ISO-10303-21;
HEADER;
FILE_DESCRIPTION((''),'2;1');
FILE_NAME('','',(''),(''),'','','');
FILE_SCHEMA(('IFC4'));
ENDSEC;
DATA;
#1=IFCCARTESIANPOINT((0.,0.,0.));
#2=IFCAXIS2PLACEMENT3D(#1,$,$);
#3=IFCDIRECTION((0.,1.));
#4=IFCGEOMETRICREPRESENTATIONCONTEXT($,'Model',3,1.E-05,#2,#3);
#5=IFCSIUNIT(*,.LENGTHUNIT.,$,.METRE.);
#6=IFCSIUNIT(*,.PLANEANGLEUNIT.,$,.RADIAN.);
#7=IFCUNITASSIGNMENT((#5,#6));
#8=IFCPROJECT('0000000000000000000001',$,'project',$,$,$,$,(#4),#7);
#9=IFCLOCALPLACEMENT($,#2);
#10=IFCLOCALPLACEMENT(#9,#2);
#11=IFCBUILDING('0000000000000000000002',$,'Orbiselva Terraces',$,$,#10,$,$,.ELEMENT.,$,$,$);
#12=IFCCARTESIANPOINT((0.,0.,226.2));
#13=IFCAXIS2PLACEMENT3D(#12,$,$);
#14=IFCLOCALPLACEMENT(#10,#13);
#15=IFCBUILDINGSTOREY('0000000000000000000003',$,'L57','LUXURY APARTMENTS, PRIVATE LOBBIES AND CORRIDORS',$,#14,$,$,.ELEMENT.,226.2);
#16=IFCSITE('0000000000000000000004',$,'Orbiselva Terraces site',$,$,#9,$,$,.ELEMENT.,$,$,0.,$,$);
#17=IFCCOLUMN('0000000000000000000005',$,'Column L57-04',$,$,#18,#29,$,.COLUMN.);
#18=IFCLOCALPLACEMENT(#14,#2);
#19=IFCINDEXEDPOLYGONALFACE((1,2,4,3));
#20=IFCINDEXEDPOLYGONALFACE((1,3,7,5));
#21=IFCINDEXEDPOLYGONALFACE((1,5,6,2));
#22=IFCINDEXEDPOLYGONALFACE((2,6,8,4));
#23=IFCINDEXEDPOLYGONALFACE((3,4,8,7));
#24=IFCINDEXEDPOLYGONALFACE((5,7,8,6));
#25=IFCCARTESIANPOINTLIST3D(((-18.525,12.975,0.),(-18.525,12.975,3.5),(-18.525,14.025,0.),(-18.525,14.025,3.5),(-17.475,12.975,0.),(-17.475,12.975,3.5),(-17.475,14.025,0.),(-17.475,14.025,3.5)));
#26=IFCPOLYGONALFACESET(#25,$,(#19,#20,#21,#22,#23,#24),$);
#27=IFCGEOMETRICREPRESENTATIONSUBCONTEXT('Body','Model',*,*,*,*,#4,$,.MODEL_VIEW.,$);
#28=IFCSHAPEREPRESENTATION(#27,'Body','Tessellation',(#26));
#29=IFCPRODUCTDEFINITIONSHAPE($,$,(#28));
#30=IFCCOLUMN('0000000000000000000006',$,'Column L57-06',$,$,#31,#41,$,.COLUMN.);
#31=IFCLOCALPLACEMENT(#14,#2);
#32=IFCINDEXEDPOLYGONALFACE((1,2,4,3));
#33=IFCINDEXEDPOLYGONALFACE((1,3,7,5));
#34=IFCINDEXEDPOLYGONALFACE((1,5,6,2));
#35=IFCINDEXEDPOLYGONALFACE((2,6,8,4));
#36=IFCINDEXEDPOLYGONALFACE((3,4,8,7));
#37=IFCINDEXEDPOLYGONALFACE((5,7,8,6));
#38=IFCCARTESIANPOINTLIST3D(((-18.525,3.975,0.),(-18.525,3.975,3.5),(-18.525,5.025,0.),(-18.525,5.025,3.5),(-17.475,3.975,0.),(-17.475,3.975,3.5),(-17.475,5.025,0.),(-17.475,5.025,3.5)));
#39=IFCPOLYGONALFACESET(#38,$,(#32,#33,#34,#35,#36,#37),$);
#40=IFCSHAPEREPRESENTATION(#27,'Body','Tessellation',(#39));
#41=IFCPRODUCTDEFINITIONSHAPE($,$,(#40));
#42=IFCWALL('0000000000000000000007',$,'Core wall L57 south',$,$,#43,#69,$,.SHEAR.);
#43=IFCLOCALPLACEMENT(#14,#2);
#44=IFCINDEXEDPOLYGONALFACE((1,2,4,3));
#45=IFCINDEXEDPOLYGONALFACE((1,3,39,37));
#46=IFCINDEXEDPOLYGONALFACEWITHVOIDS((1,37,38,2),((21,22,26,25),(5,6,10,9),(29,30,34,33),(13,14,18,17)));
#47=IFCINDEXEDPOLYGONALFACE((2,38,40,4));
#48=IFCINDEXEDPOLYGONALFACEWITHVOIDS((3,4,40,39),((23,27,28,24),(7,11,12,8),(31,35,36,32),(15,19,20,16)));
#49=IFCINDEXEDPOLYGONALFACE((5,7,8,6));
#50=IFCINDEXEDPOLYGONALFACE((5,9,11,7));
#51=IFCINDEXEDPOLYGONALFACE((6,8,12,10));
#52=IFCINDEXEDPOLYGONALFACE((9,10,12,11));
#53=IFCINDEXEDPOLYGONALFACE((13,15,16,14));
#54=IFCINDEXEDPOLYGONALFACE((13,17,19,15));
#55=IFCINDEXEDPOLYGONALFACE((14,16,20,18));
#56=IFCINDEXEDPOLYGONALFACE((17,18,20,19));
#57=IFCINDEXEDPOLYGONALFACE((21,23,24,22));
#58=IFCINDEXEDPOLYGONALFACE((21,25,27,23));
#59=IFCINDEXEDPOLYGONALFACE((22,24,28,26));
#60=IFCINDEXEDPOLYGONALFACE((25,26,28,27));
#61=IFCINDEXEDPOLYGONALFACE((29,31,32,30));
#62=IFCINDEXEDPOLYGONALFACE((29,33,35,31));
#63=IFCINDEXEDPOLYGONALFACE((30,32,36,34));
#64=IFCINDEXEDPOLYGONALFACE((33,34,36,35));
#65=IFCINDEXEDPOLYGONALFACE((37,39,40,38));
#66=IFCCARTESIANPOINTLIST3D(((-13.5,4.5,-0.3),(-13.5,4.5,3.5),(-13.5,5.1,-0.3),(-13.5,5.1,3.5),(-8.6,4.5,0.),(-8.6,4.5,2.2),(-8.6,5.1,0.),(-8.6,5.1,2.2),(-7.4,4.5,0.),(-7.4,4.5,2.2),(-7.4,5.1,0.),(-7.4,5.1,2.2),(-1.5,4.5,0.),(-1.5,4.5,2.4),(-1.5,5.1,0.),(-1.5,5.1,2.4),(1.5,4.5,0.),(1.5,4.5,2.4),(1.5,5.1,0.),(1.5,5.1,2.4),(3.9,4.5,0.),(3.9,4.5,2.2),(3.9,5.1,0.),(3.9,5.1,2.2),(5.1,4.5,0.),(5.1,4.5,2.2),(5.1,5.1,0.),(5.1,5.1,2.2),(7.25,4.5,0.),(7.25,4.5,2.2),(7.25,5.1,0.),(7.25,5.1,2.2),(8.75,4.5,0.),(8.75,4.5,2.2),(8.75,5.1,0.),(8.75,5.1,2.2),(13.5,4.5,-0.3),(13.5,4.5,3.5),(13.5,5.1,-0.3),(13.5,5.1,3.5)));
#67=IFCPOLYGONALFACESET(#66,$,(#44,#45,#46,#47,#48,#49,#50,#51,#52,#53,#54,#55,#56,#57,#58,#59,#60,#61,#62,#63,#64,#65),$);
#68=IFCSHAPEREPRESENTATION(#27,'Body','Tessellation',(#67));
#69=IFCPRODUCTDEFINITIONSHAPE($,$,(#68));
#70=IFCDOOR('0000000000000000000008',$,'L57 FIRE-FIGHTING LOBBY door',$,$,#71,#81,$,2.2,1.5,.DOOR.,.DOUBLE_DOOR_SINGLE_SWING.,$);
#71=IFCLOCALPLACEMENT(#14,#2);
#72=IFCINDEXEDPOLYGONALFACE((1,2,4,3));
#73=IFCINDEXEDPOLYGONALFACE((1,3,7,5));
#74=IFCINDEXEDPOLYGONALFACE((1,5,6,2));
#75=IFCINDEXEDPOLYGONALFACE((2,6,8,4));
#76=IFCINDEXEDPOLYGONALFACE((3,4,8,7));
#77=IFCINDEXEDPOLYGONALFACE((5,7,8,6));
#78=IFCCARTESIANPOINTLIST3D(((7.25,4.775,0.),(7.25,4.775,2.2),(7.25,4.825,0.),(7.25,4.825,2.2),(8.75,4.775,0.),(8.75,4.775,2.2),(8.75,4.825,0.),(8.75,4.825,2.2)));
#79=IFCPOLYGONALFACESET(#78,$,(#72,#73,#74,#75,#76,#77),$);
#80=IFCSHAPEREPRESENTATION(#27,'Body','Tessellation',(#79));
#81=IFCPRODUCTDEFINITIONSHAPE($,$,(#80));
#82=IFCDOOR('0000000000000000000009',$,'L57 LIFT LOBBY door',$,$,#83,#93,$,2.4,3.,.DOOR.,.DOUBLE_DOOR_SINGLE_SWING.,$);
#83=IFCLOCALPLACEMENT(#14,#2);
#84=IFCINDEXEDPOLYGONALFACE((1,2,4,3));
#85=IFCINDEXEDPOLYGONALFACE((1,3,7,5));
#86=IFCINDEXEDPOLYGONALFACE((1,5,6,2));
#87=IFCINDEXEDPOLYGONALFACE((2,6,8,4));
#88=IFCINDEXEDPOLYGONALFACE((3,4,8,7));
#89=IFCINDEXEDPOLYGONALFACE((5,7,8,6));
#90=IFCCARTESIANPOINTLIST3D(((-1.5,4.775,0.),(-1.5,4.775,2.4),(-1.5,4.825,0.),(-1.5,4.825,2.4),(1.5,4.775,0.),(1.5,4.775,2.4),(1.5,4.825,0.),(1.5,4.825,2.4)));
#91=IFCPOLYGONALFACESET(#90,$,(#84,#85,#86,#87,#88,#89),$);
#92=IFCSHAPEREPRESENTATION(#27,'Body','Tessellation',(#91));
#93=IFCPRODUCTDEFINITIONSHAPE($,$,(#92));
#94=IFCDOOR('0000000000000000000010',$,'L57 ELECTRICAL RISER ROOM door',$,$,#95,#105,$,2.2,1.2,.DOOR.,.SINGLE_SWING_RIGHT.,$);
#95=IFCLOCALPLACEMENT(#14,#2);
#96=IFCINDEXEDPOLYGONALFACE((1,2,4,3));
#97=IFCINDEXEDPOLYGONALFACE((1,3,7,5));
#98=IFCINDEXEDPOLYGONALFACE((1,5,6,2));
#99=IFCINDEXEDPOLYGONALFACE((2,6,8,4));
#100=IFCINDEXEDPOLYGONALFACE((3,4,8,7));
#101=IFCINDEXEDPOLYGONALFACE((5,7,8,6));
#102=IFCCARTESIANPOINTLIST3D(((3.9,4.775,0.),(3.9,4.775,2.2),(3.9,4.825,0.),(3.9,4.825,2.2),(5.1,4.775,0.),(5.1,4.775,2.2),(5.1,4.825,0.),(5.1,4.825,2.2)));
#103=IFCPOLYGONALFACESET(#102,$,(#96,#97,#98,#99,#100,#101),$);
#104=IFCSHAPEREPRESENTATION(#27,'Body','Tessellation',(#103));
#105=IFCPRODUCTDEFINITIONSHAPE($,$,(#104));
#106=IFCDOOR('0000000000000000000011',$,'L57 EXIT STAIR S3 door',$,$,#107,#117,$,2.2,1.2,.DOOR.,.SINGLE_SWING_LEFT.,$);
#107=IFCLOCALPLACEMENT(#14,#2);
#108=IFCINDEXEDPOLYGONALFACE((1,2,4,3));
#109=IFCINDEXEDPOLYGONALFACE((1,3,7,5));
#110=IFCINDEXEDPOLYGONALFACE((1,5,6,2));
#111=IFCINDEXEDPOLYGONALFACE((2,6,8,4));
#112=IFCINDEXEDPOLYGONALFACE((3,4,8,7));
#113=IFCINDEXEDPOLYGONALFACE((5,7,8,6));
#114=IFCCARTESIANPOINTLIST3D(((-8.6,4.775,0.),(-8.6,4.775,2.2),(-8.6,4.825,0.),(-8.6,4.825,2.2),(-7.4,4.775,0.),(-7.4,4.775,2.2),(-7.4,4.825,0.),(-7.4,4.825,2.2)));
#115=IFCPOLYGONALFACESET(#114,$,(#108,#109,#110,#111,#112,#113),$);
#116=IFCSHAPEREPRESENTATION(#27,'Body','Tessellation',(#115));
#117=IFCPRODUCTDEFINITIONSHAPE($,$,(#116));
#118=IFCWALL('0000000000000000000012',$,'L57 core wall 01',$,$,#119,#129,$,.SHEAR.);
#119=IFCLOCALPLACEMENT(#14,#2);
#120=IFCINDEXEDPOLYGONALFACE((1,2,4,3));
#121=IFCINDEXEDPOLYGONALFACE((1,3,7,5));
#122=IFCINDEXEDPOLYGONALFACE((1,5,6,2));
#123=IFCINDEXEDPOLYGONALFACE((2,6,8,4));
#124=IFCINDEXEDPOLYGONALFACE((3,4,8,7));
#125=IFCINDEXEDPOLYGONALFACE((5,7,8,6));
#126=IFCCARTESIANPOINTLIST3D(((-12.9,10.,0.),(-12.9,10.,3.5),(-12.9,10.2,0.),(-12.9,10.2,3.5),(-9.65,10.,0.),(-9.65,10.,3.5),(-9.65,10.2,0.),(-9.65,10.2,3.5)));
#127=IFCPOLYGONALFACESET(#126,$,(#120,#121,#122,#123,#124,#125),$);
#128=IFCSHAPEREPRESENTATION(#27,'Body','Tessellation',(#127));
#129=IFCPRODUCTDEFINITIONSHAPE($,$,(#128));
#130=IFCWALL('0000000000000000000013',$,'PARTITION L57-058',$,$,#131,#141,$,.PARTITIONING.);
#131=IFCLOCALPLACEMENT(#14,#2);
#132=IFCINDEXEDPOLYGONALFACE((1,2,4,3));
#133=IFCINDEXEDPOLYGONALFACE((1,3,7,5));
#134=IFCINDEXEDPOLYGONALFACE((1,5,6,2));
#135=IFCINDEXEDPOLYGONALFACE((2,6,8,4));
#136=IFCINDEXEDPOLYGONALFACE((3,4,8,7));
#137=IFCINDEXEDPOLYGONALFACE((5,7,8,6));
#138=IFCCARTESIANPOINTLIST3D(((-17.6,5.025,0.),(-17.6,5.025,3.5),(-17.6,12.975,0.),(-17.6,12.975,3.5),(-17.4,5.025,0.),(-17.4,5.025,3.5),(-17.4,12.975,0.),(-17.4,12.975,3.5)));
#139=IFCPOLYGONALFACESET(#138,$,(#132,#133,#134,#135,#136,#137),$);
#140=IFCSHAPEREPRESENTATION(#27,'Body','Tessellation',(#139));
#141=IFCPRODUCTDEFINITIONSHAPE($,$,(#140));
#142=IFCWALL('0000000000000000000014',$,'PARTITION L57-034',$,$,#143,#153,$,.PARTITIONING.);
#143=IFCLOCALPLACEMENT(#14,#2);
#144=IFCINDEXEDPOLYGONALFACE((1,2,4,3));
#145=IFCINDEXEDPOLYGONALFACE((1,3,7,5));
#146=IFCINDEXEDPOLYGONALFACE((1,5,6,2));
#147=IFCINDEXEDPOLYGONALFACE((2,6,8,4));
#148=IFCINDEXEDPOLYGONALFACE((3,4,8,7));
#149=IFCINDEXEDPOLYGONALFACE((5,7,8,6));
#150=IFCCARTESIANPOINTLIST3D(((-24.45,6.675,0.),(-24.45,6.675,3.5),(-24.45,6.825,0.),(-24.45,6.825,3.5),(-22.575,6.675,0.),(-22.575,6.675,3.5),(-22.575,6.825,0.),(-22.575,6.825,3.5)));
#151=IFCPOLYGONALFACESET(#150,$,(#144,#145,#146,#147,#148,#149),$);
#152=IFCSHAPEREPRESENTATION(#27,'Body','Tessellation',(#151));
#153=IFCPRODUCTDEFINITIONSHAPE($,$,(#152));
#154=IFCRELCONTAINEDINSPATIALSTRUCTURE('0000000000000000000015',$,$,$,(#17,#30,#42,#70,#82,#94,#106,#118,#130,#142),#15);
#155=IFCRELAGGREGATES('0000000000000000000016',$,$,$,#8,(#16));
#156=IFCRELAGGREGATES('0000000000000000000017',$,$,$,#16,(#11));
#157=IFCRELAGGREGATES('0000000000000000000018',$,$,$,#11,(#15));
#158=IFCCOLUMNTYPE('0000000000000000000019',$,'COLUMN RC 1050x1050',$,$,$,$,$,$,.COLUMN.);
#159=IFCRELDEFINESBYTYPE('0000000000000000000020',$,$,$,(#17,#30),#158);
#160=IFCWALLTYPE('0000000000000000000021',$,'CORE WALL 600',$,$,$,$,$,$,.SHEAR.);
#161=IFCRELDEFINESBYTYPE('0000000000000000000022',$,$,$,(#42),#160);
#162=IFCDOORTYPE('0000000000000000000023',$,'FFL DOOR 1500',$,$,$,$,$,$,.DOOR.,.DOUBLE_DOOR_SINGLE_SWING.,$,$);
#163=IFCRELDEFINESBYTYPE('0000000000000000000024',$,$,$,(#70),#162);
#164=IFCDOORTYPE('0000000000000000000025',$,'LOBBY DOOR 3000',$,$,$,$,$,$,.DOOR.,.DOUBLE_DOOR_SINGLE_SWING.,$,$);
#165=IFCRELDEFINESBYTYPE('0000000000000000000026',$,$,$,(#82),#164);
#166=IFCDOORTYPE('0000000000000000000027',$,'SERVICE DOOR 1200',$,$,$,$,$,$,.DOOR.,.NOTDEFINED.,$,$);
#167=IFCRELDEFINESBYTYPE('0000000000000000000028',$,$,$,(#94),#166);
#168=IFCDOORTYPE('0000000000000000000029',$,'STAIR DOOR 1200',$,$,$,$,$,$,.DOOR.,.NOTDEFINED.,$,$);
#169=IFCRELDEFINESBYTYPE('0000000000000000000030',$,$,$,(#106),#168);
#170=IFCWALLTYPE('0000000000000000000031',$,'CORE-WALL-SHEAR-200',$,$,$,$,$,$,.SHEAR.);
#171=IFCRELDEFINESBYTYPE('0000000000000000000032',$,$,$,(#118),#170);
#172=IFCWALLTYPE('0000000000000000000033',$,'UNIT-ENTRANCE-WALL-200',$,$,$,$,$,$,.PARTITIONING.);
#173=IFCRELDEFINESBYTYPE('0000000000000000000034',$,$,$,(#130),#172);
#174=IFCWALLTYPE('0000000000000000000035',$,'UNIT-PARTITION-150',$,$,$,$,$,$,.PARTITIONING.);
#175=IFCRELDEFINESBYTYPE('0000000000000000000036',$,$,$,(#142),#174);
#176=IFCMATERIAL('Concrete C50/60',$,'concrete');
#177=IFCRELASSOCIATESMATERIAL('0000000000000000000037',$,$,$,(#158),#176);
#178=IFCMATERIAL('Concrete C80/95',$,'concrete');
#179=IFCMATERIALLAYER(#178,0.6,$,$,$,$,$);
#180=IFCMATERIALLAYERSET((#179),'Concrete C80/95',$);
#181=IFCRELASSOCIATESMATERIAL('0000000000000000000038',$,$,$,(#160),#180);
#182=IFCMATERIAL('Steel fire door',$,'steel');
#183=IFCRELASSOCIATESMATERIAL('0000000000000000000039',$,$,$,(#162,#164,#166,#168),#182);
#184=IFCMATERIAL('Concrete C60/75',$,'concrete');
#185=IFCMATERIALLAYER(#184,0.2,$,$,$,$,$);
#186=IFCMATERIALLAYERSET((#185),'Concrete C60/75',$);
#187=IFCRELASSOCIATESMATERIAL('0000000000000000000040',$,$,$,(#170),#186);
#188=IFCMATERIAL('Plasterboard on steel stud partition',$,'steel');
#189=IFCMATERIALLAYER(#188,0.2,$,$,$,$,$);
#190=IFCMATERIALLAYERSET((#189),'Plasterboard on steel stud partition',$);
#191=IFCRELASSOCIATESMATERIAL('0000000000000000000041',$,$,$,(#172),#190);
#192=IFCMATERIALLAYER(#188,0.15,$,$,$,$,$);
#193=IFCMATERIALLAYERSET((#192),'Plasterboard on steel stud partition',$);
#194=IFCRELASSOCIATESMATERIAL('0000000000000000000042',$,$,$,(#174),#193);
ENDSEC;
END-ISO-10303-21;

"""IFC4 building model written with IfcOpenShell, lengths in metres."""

from ifc_helpers import new_model, si_unit, direction, frame, frame_2d, origin, origin_2d, place, context, subcontext, project, spatial, rectangle, extrude, material, layer, layer_set, material_profile, profile_set, type_object, element, fill, save


model = new_model("IFC4")

# Units and contexts
model_context = context("Model", 3, precision=1e-05, world=origin(), true_north=direction((0.0, 1.0)))
body_context = subcontext(model_context, "Body", "Model", "MODEL_VIEW")
ifc_project = project(units=[si_unit("LENGTHUNIT", "METRE"), si_unit("PLANEANGLEUNIT", "RADIAN")], contexts=[model_context])

# Site, building, storey
site_placement = place(None, origin())
site = spatial("IfcSite", under=ifc_project, at=site_placement, Name="Orbiselva Terraces site", CompositionType="ELEMENT", RefElevation=0.0)
building_placement = place(site_placement, origin())
building = spatial("IfcBuilding", under=site, at=building_placement, Name="Orbiselva Terraces", CompositionType="ELEMENT")
storey_placement = place(building_placement, frame((0.0, 0.0, 226.2)))
storey = spatial("IfcBuildingStorey", under=building, at=storey_placement, Name="L57", Description="LUXURY APARTMENTS, PRIVATE LOBBIES AND CORRIDORS", CompositionType="ELEMENT", Elevation=226.2)

# Columns
ifc_material_1 = material(Name="Concrete C50/60", Category="concrete")
ifc_material_profile = material_profile(ifc_material_1, rectangle(XDim=1.05, YDim=1.05, at=origin_2d()), Name="RC 1050x1050")
ifc_profile_set = profile_set([ifc_material_profile], Name="Concrete C50/60")
column_type = type_object("IfcColumnType", Name="COLUMN RC 1050x1050", PredefinedType="COLUMN", material=ifc_profile_set)
for number, where, z_axis, x_axis, name in (
    (1, (-18.0, 13.5, 0.0), (0.0, 0.0, 1.0), (1.0, 0.0, 0.0), "Column L57-04"),
    (2, (-18.0, 4.5, 0.0), (0.0, 0.0, 1.0), (1.0, 0.0, 0.0), "Column L57-06"),
):
    element("IfcColumn", number, at=place(storey_placement, frame(where, z_axis=z_axis, x_axis=x_axis)), inside=storey, type_object=column_type, Name=name, PredefinedType="COLUMN", context=body_context, shape_type="SweptSolid", body=[
        extrude(rectangle(XDim=1.05, YDim=1.05, at=origin_2d()), origin(), (0.0, 0.0, 1.0), 3.5),
    ])

# Wall, openings, doors
ifc_material_2 = material(Name="Concrete C80/95", Category="concrete")
ifc_layer_1 = layer(ifc_material_2, 0.6)
ifc_layer_set_1 = layer_set([ifc_layer_1], Name="Concrete C80/95")
wall_type_1 = type_object("IfcWallType", Name="CORE WALL 600", PredefinedType="SHEAR", material=ifc_layer_set_1)
wall_1_placement = place(storey_placement, frame((-13.5, 4.8, -0.3), z_axis=(0.0, 0.0, 1.0), x_axis=(1.0, 0.0, 0.0)))
wall_1 = element("IfcWall", 3, at=wall_1_placement, inside=storey, type_object=wall_type_1, Name="Core wall L57 south", PredefinedType="SHEAR", context=body_context, shape_type="SweptSolid", body=[
    extrude(rectangle(XDim=27.0, YDim=0.6, at=frame_2d((13.5, 0.0))), origin(), (0.0, 0.0, 1.0), 3.8),
])
opening_1_placement = place(wall_1_placement, frame((12.0, 0.0, 0.3)))
opening_1 = element("IfcOpeningElement", 4, at=opening_1_placement, cuts=wall_1, PredefinedType="OPENING", context=body_context, shape_type="SweptSolid", body=[
    extrude(rectangle(XDim=3.0, YDim=2.4, at=frame_2d((1.5, 1.2))), frame((0.0, 0.31, 0.0), z_axis=(0.0, -1.0, 0.0), x_axis=(1.0, 0.0, 0.0)), (0.0, 0.0, 1.0), 0.62),
])
opening_2_placement = place(wall_1_placement, frame((4.9, 0.0, 0.3)))
opening_2 = element("IfcOpeningElement", 5, at=opening_2_placement, cuts=wall_1, PredefinedType="OPENING", context=body_context, shape_type="SweptSolid", body=[
    extrude(rectangle(XDim=1.2, YDim=2.2, at=frame_2d((0.6, 1.1))), frame((0.0, 0.31, 0.0), z_axis=(0.0, -1.0, 0.0), x_axis=(1.0, 0.0, 0.0)), (0.0, 0.0, 1.0), 0.62),
])
opening_3_placement = place(wall_1_placement, frame((20.75, 0.0, 0.3)))
opening_3 = element("IfcOpeningElement", 6, at=opening_3_placement, cuts=wall_1, PredefinedType="OPENING", context=body_context, shape_type="SweptSolid", body=[
    extrude(rectangle(XDim=1.5, YDim=2.2, at=frame_2d((0.75, 1.1))), frame((0.0, 0.31, 0.0), z_axis=(0.0, -1.0, 0.0), x_axis=(1.0, 0.0, 0.0)), (0.0, 0.0, 1.0), 0.62),
])
opening_4_placement = place(wall_1_placement, frame((17.4, 0.0, 0.3)))
opening_4 = element("IfcOpeningElement", 7, at=opening_4_placement, cuts=wall_1, PredefinedType="OPENING", context=body_context, shape_type="SweptSolid", body=[
    extrude(rectangle(XDim=1.2, YDim=2.2, at=frame_2d((0.6, 1.1))), frame((0.0, 0.31, 0.0), z_axis=(0.0, -1.0, 0.0), x_axis=(1.0, 0.0, 0.0)), (0.0, 0.0, 1.0), 0.62),
])
ifc_material_3 = material(Name="Steel fire door", Category="steel")
door_type_1 = type_object("IfcDoorType", Name="FFL DOOR 1500", OperationType="DOUBLE_DOOR_SINGLE_SWING", PredefinedType="DOOR", material=ifc_material_3)
door_1_placement = place(opening_3_placement, frame((1.5, 0.0, 0.0), z_axis=(0.0, 0.0, 1.0), x_axis=(-1.0, 0.0, 0.0)))
door_1 = element("IfcDoor", 8, at=door_1_placement, inside=storey, type_object=door_type_1, Name="L57 FIRE-FIGHTING LOBBY door", OperationType="DOUBLE_DOOR_SINGLE_SWING", OverallHeight=2.2, OverallWidth=1.5, PredefinedType="DOOR", context=body_context, shape_type="SweptSolid", body=[
    extrude(rectangle(XDim=1.5, YDim=2.2, at=frame_2d((0.75, 1.1))), frame((0.0, 0.025, 0.0), z_axis=(0.0, -1.0, 0.0), x_axis=(1.0, 0.0, 0.0)), (0.0, 0.0, 1.0), 0.05),
])
fill(opening_3, door_1)
door_type_2 = type_object("IfcDoorType", Name="LOBBY DOOR 3000", OperationType="DOUBLE_DOOR_SINGLE_SWING", PredefinedType="DOOR", material=ifc_material_3)
door_2_placement = place(opening_1_placement, frame((3.0, 0.0, 0.0), z_axis=(0.0, 0.0, 1.0), x_axis=(-1.0, 0.0, 0.0)))
door_2 = element("IfcDoor", 9, at=door_2_placement, inside=storey, type_object=door_type_2, Name="L57 LIFT LOBBY door", OperationType="DOUBLE_DOOR_SINGLE_SWING", OverallHeight=2.4, OverallWidth=3.0, PredefinedType="DOOR", context=body_context, shape_type="SweptSolid", body=[
    extrude(rectangle(XDim=3.0, YDim=2.4, at=frame_2d((1.5, 1.2))), frame((0.0, 0.025, 0.0), z_axis=(0.0, -1.0, 0.0), x_axis=(1.0, 0.0, 0.0)), (0.0, 0.0, 1.0), 0.05),
])
fill(opening_1, door_2)
door_type_3 = type_object("IfcDoorType", Name="SERVICE DOOR 1200", OperationType="NOTDEFINED", PredefinedType="DOOR", material=ifc_material_3)
door_3_placement = place(opening_4_placement, frame((1.2, 0.0, 0.0), z_axis=(0.0, 0.0, 1.0), x_axis=(-1.0, 0.0, 0.0)))
door_3 = element("IfcDoor", 10, at=door_3_placement, inside=storey, type_object=door_type_3, Name="L57 ELECTRICAL RISER ROOM door", OperationType="SINGLE_SWING_RIGHT", OverallHeight=2.2, OverallWidth=1.2, PredefinedType="DOOR", context=body_context, shape_type="SweptSolid", body=[
    extrude(rectangle(XDim=1.2, YDim=2.2, at=frame_2d((0.6, 1.1))), frame((0.0, 0.025, 0.0), z_axis=(0.0, -1.0, 0.0), x_axis=(1.0, 0.0, 0.0)), (0.0, 0.0, 1.0), 0.05),
])
fill(opening_4, door_3)
door_type_4 = type_object("IfcDoorType", Name="STAIR DOOR 1200", OperationType="NOTDEFINED", PredefinedType="DOOR", material=ifc_material_3)
door_4_placement = place(opening_2_placement, frame((1.2, 0.0, 0.0), z_axis=(0.0, 0.0, 1.0), x_axis=(-1.0, 0.0, 0.0)))
door_4 = element("IfcDoor", 11, at=door_4_placement, inside=storey, type_object=door_type_4, Name="L57 EXIT STAIR S3 door", OperationType="SINGLE_SWING_LEFT", OverallHeight=2.2, OverallWidth=1.2, PredefinedType="DOOR", context=body_context, shape_type="SweptSolid", body=[
    extrude(rectangle(XDim=1.2, YDim=2.2, at=frame_2d((0.6, 1.1))), frame((0.0, 0.025, 0.0), z_axis=(0.0, -1.0, 0.0), x_axis=(1.0, 0.0, 0.0)), (0.0, 0.0, 1.0), 0.05),
])
fill(opening_2, door_4)

# Walls
ifc_material_4 = material(Name="Concrete C60/75", Category="concrete")
ifc_layer_2 = layer(ifc_material_4, 0.2)
ifc_layer_set_2 = layer_set([ifc_layer_2], Name="Concrete C60/75")
wall_type_2 = type_object("IfcWallType", Name="CORE-WALL-SHEAR-200", PredefinedType="SHEAR", material=ifc_layer_set_2)
wall_2_placement = place(storey_placement, frame((-12.9, 10.1, 0.0), z_axis=(0.0, 0.0, 1.0), x_axis=(1.0, 0.0, 0.0)))
element("IfcWall", 12, at=wall_2_placement, inside=storey, type_object=wall_type_2, Name="L57 core wall 01", PredefinedType="SHEAR", context=body_context, shape_type="SweptSolid", body=[
    extrude(rectangle(XDim=3.25, YDim=0.2, at=frame_2d((1.625, 0.0))), origin(), (0.0, 0.0, 1.0), 3.5),
])
ifc_material_5 = material(Name="Plasterboard on steel stud partition", Category="steel")
ifc_layer_3 = layer(ifc_material_5, 0.2)
ifc_layer_set_3 = layer_set([ifc_layer_3], Name="Plasterboard on steel stud partition")
wall_type_3 = type_object("IfcWallType", Name="UNIT-ENTRANCE-WALL-200", PredefinedType="PARTITIONING", material=ifc_layer_set_3)
wall_3_placement = place(storey_placement, frame((-17.5, 5.025, 0.0), z_axis=(0.0, 0.0, 1.0), x_axis=(0.0, 1.0, 0.0)))
element("IfcWall", 13, at=wall_3_placement, inside=storey, type_object=wall_type_3, Name="PARTITION L57-058", PredefinedType="PARTITIONING", context=body_context, shape_type="SweptSolid", body=[
    extrude(rectangle(XDim=7.95, YDim=0.2, at=frame_2d((3.975, 0.0))), origin(), (0.0, 0.0, 1.0), 3.5),
])
ifc_layer_4 = layer(ifc_material_5, 0.15)
ifc_layer_set_4 = layer_set([ifc_layer_4], Name="Plasterboard on steel stud partition")
wall_type_4 = type_object("IfcWallType", Name="UNIT-PARTITION-150", PredefinedType="PARTITIONING", material=ifc_layer_set_4)
wall_4_placement = place(storey_placement, frame((-24.45, 6.75, 0.0), z_axis=(0.0, 0.0, 1.0), x_axis=(1.0, 0.0, 0.0)))
element("IfcWall", 14, at=wall_4_placement, inside=storey, type_object=wall_type_4, Name="PARTITION L57-034", PredefinedType="PARTITIONING", context=body_context, shape_type="SweptSolid", body=[
    extrude(rectangle(XDim=1.875, YDim=0.15, at=frame_2d((0.9375, 0.0))), origin(), (0.0, 0.0, 1.0), 3.5),
])

save(model, "model.ifc")
